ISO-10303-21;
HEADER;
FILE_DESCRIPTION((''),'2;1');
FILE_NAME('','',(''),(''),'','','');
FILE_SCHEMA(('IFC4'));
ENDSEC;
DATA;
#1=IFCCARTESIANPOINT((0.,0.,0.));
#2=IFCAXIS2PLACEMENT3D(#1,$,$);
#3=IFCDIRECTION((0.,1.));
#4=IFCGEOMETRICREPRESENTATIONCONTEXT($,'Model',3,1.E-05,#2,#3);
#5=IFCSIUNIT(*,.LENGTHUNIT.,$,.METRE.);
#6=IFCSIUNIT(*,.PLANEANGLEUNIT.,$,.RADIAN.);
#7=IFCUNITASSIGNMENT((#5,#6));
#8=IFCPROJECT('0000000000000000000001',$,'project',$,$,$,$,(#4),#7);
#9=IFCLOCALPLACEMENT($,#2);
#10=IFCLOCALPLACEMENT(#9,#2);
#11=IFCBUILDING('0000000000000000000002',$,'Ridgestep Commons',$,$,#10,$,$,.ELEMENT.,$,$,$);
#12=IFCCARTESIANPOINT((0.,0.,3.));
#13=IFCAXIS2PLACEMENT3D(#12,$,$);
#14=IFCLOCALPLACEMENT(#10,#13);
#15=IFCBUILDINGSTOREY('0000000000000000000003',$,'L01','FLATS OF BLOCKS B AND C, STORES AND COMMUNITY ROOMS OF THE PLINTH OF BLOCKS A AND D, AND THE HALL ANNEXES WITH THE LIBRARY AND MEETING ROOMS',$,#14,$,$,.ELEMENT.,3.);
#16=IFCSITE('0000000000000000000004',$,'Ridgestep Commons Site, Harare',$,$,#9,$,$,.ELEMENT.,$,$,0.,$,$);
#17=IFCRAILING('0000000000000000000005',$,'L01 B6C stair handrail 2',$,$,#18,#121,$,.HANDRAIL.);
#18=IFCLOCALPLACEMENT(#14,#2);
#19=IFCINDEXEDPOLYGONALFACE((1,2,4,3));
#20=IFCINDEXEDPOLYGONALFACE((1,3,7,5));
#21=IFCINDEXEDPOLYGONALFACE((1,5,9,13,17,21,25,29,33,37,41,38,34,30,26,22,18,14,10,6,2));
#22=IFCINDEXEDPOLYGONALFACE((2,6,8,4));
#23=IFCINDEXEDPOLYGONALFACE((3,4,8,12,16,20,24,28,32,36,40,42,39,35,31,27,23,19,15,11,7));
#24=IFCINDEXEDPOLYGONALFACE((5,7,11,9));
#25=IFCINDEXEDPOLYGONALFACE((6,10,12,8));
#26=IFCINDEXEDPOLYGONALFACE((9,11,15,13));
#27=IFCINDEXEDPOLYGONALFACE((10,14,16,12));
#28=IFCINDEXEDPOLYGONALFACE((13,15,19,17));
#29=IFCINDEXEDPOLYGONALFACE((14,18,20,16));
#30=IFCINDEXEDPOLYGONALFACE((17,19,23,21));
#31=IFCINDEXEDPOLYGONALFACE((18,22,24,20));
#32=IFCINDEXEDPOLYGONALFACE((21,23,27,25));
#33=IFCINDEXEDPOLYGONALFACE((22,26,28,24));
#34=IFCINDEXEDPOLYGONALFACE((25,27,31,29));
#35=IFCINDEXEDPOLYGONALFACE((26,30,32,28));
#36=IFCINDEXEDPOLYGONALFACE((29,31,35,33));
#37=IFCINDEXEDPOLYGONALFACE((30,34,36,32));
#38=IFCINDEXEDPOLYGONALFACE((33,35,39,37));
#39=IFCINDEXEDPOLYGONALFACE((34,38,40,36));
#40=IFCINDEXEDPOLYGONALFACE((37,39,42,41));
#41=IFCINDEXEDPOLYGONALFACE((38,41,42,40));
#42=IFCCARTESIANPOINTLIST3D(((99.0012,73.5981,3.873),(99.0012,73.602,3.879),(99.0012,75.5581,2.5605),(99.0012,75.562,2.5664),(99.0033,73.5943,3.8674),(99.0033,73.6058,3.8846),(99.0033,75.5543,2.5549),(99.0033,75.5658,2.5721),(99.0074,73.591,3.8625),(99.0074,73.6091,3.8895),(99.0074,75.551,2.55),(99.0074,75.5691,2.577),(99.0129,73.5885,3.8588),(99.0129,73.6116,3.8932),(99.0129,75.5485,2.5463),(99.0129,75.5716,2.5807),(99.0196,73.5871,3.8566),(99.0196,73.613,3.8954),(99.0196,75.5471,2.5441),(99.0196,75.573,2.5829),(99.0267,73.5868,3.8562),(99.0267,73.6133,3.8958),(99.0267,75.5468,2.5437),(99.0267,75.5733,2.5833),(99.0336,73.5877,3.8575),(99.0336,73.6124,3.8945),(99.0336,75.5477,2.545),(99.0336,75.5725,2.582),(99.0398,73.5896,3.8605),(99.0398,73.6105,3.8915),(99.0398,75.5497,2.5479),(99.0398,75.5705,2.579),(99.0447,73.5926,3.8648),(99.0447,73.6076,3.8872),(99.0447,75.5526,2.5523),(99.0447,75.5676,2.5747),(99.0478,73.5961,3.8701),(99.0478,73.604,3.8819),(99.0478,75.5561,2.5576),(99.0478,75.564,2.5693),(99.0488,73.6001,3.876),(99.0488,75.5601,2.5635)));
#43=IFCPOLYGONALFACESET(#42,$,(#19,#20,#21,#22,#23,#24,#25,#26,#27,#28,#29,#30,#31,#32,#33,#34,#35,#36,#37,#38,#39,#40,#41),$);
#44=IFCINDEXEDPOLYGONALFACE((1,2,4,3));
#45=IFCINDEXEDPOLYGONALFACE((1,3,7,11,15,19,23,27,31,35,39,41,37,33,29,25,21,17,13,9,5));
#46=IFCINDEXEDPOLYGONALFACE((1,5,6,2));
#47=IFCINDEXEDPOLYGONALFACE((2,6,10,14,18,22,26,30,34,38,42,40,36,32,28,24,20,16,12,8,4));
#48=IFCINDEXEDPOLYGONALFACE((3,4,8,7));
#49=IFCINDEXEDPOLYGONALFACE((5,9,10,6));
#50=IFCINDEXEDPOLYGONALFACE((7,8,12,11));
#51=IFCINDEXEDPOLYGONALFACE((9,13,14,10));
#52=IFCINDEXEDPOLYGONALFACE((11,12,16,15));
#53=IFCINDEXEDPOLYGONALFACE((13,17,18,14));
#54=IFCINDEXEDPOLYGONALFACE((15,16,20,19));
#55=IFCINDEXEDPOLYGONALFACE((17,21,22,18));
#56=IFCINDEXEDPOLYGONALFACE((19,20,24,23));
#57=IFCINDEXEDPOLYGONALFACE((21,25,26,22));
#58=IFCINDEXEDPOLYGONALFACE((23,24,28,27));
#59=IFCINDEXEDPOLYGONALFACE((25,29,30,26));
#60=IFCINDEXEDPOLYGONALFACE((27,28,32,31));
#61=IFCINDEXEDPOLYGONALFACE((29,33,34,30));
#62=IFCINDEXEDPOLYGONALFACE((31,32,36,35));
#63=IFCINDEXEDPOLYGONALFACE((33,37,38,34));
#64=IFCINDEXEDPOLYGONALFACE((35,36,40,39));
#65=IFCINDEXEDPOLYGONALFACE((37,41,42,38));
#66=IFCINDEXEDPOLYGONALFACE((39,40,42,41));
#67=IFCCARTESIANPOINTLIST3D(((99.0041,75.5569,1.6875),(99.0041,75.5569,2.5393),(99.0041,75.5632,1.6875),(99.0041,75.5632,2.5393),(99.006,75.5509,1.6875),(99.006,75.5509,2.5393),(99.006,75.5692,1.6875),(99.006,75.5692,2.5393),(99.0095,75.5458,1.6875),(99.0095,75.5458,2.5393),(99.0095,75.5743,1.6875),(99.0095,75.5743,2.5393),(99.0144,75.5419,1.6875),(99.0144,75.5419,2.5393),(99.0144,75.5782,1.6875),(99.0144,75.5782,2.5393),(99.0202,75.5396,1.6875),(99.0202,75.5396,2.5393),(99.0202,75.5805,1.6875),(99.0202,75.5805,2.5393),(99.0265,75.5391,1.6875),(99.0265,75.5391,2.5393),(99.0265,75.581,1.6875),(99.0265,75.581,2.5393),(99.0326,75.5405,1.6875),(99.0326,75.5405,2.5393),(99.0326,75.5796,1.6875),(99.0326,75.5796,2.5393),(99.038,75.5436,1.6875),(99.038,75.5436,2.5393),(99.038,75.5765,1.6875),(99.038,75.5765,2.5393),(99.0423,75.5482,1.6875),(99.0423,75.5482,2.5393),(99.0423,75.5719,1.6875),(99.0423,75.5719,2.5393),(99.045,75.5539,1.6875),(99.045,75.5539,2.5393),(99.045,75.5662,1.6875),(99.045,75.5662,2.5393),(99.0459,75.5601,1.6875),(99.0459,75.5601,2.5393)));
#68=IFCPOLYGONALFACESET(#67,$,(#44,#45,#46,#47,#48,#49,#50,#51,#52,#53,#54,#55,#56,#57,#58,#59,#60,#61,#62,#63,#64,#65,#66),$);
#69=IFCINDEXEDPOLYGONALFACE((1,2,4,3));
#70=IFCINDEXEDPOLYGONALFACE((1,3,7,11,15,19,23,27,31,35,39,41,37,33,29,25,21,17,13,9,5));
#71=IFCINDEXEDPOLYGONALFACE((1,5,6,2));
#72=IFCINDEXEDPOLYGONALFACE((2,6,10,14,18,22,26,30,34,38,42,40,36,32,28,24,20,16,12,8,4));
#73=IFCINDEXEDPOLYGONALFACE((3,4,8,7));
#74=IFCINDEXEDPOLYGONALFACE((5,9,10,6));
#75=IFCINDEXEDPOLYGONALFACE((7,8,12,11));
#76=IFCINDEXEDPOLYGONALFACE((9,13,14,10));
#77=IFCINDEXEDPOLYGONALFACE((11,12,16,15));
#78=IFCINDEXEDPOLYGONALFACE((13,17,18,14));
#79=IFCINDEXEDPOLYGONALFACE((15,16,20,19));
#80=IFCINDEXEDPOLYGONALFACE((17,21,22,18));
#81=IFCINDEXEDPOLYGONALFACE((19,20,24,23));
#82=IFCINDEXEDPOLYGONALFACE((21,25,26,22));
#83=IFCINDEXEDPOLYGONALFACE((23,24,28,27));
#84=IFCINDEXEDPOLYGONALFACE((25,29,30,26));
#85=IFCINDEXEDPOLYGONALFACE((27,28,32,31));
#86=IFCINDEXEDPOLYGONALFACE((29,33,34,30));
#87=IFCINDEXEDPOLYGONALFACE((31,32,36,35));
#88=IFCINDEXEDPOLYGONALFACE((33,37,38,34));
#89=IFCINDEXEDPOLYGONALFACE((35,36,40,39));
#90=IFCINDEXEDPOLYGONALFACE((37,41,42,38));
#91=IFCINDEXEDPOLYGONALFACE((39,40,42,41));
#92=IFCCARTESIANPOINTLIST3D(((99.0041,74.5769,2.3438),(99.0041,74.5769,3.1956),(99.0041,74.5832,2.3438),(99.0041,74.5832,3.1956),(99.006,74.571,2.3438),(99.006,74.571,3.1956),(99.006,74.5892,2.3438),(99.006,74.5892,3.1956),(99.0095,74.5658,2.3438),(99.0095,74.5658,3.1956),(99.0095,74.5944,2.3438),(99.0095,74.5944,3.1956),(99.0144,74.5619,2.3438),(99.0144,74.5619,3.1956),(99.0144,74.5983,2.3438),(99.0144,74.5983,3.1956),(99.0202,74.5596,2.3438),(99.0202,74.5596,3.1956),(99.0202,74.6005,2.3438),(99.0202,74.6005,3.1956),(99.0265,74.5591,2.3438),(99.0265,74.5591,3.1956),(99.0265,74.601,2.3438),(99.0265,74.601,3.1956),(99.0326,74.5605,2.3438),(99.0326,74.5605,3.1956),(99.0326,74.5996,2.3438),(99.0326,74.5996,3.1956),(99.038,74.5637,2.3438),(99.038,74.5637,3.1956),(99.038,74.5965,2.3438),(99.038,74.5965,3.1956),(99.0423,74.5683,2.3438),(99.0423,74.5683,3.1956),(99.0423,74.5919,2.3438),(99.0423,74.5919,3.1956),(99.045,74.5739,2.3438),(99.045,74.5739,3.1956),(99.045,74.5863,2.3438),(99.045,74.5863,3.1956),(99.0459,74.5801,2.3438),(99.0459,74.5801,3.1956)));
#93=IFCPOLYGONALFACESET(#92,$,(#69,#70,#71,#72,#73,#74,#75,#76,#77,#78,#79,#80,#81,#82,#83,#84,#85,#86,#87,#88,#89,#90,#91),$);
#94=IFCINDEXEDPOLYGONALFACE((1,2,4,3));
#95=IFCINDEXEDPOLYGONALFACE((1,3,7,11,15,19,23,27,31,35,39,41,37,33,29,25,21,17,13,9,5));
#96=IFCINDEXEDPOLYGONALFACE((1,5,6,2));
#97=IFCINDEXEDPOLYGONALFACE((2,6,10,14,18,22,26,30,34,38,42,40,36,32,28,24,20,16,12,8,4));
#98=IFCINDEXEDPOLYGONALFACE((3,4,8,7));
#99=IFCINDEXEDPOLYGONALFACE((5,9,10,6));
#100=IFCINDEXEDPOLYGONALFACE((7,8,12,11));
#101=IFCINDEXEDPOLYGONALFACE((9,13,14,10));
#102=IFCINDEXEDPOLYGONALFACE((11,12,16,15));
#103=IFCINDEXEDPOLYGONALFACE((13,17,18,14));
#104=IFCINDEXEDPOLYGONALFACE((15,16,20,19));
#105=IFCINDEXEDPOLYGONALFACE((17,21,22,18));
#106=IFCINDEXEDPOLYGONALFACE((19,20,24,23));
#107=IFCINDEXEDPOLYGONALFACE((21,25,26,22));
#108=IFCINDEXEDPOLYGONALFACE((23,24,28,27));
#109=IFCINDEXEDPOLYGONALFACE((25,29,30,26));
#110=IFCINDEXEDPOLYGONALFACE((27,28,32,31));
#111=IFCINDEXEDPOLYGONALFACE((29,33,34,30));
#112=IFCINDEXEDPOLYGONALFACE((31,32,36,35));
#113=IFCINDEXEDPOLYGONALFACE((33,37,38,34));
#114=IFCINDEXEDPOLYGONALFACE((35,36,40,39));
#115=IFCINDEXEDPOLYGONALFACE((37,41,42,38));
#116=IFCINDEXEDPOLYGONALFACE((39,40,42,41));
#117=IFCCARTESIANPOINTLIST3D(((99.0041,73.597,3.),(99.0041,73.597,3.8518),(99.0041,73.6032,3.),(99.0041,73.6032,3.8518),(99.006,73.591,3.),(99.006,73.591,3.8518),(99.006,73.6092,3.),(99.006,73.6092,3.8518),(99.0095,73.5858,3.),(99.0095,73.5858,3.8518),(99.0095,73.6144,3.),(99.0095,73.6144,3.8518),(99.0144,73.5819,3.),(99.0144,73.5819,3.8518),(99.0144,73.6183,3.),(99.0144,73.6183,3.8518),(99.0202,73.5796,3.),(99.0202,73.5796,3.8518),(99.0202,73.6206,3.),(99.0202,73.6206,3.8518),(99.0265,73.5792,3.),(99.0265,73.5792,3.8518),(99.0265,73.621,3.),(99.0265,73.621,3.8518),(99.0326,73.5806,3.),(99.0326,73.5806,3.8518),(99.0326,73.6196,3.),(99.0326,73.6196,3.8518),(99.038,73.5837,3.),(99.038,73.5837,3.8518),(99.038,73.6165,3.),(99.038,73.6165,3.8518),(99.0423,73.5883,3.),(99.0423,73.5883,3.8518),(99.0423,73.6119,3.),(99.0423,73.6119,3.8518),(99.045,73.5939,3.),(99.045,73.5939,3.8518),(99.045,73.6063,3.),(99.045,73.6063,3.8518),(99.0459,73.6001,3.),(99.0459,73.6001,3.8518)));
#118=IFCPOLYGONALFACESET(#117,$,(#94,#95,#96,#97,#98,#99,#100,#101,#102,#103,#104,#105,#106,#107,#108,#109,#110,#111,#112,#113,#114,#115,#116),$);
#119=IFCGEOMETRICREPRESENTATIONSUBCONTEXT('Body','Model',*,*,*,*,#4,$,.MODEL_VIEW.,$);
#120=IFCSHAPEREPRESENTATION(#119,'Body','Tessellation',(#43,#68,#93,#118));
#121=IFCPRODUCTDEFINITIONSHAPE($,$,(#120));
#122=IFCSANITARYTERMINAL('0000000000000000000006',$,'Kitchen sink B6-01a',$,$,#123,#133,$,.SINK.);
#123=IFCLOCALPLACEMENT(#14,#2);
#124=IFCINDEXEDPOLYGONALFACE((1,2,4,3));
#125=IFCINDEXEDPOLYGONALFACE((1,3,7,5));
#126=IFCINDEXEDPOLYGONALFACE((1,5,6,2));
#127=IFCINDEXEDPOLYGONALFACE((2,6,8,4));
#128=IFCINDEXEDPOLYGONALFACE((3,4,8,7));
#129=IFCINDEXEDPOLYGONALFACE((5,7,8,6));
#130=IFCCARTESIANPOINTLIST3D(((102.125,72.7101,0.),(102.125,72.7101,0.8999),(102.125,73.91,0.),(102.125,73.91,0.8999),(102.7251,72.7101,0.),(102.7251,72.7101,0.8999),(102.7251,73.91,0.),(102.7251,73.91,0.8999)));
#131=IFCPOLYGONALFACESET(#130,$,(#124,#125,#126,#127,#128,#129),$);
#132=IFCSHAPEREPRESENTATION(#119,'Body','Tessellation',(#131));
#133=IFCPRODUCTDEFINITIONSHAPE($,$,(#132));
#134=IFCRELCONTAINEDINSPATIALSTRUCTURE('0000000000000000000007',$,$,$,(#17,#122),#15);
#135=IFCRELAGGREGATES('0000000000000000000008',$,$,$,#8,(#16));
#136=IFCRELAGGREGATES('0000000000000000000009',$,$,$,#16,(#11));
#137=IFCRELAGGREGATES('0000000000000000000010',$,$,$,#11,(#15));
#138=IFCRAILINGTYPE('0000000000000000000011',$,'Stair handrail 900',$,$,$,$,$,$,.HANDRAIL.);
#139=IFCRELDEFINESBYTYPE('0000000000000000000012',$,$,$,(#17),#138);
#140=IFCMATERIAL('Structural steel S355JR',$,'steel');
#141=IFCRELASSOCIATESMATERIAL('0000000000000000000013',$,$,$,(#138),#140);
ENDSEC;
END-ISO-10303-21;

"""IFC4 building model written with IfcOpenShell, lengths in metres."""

from ifc_helpers import new_model, si_unit, direction, frame, origin, origin_2d, place, context, subcontext, project, spatial, rectangle, circle, extrude, material, type_object, element, save


model = new_model("IFC4")

# Units and contexts
model_context = context("Model", 3, precision=1e-05, world=origin(), true_north=direction((0.0, 1.0)))
body_context = subcontext(model_context, "Body", "Model", "MODEL_VIEW")
ifc_project = project(units=[si_unit("LENGTHUNIT", "METRE"), si_unit("PLANEANGLEUNIT", "RADIAN")], contexts=[model_context])

# Site, building, storey
site_placement = place(None, origin())
site = spatial("IfcSite", under=ifc_project, at=site_placement, Name="Ridgestep Commons Site, Harare", CompositionType="ELEMENT", RefElevation=0.0)
building_placement = place(site_placement, origin())
building = spatial("IfcBuilding", under=site, at=building_placement, Name="Ridgestep Commons", CompositionType="ELEMENT")
storey_placement = place(building_placement, frame((0.0, 0.0, 3.0)))
storey = spatial("IfcBuildingStorey", under=building, at=storey_placement, Name="L01", Description="FLATS OF BLOCKS B AND C, STORES AND COMMUNITY ROOMS OF THE PLINTH OF BLOCKS A AND D, AND THE HALL ANNEXES WITH THE LIBRARY AND MEETING ROOMS", CompositionType="ELEMENT", Elevation=3.0)

# Railing
ifc_material_1 = material(Name="Structural steel S355JR", Category="steel")
railing_type_1 = type_object("IfcRailingType", Name="Stair handrail 900", PredefinedType="HANDRAIL", material=ifc_material_1)
railing_1_placement = place(storey_placement, frame((99.0249, 75.5601, 1.6875)))
element("IfcRailing", 1, at=railing_1_placement, inside=storey, type_object=railing_type_1, Name="L01 B6C stair handrail 2", PredefinedType="HANDRAIL", context=body_context, shape_type="SweptSolid", body=[
    extrude(circle(Radius=0.0239, at=origin_2d()), frame((0.0, 0.0, 0.876), z_axis=(0.0, -0.830902, 0.556419), x_axis=(1.0, 0.0, 0.0)), (0.0, 0.0, 1.0), 2.3589),
    extrude(circle(Radius=0.021, at=origin_2d()), origin(), (0.0, 0.0, 1.0), 0.8518),
    extrude(circle(Radius=0.021, at=origin_2d()), frame((0.0, -0.98, 0.6562)), (0.0, 0.0, 1.0), 0.8518),
    extrude(circle(Radius=0.021, at=origin_2d()), frame((0.0, -1.96, 1.3125)), (0.0, 0.0, 1.0), 0.8518),
])

# Sanitary terminal
sanitary_terminal_placement = place(storey_placement, frame((102.425, 73.3101, 0.0), z_axis=(0.0, 0.0, 1.0), x_axis=(1.0, 0.0, 0.0)))
element("IfcSanitaryTerminal", 2, at=sanitary_terminal_placement, inside=storey, Name="Kitchen sink B6-01a", PredefinedType="SINK", context=body_context, shape_type="SweptSolid", body=[
    extrude(rectangle(XDim=0.6001, YDim=1.2, at=origin_2d()), origin(), (0.0, 0.0, 1.0), 0.8999),
])

save(model, "model.ifc")
